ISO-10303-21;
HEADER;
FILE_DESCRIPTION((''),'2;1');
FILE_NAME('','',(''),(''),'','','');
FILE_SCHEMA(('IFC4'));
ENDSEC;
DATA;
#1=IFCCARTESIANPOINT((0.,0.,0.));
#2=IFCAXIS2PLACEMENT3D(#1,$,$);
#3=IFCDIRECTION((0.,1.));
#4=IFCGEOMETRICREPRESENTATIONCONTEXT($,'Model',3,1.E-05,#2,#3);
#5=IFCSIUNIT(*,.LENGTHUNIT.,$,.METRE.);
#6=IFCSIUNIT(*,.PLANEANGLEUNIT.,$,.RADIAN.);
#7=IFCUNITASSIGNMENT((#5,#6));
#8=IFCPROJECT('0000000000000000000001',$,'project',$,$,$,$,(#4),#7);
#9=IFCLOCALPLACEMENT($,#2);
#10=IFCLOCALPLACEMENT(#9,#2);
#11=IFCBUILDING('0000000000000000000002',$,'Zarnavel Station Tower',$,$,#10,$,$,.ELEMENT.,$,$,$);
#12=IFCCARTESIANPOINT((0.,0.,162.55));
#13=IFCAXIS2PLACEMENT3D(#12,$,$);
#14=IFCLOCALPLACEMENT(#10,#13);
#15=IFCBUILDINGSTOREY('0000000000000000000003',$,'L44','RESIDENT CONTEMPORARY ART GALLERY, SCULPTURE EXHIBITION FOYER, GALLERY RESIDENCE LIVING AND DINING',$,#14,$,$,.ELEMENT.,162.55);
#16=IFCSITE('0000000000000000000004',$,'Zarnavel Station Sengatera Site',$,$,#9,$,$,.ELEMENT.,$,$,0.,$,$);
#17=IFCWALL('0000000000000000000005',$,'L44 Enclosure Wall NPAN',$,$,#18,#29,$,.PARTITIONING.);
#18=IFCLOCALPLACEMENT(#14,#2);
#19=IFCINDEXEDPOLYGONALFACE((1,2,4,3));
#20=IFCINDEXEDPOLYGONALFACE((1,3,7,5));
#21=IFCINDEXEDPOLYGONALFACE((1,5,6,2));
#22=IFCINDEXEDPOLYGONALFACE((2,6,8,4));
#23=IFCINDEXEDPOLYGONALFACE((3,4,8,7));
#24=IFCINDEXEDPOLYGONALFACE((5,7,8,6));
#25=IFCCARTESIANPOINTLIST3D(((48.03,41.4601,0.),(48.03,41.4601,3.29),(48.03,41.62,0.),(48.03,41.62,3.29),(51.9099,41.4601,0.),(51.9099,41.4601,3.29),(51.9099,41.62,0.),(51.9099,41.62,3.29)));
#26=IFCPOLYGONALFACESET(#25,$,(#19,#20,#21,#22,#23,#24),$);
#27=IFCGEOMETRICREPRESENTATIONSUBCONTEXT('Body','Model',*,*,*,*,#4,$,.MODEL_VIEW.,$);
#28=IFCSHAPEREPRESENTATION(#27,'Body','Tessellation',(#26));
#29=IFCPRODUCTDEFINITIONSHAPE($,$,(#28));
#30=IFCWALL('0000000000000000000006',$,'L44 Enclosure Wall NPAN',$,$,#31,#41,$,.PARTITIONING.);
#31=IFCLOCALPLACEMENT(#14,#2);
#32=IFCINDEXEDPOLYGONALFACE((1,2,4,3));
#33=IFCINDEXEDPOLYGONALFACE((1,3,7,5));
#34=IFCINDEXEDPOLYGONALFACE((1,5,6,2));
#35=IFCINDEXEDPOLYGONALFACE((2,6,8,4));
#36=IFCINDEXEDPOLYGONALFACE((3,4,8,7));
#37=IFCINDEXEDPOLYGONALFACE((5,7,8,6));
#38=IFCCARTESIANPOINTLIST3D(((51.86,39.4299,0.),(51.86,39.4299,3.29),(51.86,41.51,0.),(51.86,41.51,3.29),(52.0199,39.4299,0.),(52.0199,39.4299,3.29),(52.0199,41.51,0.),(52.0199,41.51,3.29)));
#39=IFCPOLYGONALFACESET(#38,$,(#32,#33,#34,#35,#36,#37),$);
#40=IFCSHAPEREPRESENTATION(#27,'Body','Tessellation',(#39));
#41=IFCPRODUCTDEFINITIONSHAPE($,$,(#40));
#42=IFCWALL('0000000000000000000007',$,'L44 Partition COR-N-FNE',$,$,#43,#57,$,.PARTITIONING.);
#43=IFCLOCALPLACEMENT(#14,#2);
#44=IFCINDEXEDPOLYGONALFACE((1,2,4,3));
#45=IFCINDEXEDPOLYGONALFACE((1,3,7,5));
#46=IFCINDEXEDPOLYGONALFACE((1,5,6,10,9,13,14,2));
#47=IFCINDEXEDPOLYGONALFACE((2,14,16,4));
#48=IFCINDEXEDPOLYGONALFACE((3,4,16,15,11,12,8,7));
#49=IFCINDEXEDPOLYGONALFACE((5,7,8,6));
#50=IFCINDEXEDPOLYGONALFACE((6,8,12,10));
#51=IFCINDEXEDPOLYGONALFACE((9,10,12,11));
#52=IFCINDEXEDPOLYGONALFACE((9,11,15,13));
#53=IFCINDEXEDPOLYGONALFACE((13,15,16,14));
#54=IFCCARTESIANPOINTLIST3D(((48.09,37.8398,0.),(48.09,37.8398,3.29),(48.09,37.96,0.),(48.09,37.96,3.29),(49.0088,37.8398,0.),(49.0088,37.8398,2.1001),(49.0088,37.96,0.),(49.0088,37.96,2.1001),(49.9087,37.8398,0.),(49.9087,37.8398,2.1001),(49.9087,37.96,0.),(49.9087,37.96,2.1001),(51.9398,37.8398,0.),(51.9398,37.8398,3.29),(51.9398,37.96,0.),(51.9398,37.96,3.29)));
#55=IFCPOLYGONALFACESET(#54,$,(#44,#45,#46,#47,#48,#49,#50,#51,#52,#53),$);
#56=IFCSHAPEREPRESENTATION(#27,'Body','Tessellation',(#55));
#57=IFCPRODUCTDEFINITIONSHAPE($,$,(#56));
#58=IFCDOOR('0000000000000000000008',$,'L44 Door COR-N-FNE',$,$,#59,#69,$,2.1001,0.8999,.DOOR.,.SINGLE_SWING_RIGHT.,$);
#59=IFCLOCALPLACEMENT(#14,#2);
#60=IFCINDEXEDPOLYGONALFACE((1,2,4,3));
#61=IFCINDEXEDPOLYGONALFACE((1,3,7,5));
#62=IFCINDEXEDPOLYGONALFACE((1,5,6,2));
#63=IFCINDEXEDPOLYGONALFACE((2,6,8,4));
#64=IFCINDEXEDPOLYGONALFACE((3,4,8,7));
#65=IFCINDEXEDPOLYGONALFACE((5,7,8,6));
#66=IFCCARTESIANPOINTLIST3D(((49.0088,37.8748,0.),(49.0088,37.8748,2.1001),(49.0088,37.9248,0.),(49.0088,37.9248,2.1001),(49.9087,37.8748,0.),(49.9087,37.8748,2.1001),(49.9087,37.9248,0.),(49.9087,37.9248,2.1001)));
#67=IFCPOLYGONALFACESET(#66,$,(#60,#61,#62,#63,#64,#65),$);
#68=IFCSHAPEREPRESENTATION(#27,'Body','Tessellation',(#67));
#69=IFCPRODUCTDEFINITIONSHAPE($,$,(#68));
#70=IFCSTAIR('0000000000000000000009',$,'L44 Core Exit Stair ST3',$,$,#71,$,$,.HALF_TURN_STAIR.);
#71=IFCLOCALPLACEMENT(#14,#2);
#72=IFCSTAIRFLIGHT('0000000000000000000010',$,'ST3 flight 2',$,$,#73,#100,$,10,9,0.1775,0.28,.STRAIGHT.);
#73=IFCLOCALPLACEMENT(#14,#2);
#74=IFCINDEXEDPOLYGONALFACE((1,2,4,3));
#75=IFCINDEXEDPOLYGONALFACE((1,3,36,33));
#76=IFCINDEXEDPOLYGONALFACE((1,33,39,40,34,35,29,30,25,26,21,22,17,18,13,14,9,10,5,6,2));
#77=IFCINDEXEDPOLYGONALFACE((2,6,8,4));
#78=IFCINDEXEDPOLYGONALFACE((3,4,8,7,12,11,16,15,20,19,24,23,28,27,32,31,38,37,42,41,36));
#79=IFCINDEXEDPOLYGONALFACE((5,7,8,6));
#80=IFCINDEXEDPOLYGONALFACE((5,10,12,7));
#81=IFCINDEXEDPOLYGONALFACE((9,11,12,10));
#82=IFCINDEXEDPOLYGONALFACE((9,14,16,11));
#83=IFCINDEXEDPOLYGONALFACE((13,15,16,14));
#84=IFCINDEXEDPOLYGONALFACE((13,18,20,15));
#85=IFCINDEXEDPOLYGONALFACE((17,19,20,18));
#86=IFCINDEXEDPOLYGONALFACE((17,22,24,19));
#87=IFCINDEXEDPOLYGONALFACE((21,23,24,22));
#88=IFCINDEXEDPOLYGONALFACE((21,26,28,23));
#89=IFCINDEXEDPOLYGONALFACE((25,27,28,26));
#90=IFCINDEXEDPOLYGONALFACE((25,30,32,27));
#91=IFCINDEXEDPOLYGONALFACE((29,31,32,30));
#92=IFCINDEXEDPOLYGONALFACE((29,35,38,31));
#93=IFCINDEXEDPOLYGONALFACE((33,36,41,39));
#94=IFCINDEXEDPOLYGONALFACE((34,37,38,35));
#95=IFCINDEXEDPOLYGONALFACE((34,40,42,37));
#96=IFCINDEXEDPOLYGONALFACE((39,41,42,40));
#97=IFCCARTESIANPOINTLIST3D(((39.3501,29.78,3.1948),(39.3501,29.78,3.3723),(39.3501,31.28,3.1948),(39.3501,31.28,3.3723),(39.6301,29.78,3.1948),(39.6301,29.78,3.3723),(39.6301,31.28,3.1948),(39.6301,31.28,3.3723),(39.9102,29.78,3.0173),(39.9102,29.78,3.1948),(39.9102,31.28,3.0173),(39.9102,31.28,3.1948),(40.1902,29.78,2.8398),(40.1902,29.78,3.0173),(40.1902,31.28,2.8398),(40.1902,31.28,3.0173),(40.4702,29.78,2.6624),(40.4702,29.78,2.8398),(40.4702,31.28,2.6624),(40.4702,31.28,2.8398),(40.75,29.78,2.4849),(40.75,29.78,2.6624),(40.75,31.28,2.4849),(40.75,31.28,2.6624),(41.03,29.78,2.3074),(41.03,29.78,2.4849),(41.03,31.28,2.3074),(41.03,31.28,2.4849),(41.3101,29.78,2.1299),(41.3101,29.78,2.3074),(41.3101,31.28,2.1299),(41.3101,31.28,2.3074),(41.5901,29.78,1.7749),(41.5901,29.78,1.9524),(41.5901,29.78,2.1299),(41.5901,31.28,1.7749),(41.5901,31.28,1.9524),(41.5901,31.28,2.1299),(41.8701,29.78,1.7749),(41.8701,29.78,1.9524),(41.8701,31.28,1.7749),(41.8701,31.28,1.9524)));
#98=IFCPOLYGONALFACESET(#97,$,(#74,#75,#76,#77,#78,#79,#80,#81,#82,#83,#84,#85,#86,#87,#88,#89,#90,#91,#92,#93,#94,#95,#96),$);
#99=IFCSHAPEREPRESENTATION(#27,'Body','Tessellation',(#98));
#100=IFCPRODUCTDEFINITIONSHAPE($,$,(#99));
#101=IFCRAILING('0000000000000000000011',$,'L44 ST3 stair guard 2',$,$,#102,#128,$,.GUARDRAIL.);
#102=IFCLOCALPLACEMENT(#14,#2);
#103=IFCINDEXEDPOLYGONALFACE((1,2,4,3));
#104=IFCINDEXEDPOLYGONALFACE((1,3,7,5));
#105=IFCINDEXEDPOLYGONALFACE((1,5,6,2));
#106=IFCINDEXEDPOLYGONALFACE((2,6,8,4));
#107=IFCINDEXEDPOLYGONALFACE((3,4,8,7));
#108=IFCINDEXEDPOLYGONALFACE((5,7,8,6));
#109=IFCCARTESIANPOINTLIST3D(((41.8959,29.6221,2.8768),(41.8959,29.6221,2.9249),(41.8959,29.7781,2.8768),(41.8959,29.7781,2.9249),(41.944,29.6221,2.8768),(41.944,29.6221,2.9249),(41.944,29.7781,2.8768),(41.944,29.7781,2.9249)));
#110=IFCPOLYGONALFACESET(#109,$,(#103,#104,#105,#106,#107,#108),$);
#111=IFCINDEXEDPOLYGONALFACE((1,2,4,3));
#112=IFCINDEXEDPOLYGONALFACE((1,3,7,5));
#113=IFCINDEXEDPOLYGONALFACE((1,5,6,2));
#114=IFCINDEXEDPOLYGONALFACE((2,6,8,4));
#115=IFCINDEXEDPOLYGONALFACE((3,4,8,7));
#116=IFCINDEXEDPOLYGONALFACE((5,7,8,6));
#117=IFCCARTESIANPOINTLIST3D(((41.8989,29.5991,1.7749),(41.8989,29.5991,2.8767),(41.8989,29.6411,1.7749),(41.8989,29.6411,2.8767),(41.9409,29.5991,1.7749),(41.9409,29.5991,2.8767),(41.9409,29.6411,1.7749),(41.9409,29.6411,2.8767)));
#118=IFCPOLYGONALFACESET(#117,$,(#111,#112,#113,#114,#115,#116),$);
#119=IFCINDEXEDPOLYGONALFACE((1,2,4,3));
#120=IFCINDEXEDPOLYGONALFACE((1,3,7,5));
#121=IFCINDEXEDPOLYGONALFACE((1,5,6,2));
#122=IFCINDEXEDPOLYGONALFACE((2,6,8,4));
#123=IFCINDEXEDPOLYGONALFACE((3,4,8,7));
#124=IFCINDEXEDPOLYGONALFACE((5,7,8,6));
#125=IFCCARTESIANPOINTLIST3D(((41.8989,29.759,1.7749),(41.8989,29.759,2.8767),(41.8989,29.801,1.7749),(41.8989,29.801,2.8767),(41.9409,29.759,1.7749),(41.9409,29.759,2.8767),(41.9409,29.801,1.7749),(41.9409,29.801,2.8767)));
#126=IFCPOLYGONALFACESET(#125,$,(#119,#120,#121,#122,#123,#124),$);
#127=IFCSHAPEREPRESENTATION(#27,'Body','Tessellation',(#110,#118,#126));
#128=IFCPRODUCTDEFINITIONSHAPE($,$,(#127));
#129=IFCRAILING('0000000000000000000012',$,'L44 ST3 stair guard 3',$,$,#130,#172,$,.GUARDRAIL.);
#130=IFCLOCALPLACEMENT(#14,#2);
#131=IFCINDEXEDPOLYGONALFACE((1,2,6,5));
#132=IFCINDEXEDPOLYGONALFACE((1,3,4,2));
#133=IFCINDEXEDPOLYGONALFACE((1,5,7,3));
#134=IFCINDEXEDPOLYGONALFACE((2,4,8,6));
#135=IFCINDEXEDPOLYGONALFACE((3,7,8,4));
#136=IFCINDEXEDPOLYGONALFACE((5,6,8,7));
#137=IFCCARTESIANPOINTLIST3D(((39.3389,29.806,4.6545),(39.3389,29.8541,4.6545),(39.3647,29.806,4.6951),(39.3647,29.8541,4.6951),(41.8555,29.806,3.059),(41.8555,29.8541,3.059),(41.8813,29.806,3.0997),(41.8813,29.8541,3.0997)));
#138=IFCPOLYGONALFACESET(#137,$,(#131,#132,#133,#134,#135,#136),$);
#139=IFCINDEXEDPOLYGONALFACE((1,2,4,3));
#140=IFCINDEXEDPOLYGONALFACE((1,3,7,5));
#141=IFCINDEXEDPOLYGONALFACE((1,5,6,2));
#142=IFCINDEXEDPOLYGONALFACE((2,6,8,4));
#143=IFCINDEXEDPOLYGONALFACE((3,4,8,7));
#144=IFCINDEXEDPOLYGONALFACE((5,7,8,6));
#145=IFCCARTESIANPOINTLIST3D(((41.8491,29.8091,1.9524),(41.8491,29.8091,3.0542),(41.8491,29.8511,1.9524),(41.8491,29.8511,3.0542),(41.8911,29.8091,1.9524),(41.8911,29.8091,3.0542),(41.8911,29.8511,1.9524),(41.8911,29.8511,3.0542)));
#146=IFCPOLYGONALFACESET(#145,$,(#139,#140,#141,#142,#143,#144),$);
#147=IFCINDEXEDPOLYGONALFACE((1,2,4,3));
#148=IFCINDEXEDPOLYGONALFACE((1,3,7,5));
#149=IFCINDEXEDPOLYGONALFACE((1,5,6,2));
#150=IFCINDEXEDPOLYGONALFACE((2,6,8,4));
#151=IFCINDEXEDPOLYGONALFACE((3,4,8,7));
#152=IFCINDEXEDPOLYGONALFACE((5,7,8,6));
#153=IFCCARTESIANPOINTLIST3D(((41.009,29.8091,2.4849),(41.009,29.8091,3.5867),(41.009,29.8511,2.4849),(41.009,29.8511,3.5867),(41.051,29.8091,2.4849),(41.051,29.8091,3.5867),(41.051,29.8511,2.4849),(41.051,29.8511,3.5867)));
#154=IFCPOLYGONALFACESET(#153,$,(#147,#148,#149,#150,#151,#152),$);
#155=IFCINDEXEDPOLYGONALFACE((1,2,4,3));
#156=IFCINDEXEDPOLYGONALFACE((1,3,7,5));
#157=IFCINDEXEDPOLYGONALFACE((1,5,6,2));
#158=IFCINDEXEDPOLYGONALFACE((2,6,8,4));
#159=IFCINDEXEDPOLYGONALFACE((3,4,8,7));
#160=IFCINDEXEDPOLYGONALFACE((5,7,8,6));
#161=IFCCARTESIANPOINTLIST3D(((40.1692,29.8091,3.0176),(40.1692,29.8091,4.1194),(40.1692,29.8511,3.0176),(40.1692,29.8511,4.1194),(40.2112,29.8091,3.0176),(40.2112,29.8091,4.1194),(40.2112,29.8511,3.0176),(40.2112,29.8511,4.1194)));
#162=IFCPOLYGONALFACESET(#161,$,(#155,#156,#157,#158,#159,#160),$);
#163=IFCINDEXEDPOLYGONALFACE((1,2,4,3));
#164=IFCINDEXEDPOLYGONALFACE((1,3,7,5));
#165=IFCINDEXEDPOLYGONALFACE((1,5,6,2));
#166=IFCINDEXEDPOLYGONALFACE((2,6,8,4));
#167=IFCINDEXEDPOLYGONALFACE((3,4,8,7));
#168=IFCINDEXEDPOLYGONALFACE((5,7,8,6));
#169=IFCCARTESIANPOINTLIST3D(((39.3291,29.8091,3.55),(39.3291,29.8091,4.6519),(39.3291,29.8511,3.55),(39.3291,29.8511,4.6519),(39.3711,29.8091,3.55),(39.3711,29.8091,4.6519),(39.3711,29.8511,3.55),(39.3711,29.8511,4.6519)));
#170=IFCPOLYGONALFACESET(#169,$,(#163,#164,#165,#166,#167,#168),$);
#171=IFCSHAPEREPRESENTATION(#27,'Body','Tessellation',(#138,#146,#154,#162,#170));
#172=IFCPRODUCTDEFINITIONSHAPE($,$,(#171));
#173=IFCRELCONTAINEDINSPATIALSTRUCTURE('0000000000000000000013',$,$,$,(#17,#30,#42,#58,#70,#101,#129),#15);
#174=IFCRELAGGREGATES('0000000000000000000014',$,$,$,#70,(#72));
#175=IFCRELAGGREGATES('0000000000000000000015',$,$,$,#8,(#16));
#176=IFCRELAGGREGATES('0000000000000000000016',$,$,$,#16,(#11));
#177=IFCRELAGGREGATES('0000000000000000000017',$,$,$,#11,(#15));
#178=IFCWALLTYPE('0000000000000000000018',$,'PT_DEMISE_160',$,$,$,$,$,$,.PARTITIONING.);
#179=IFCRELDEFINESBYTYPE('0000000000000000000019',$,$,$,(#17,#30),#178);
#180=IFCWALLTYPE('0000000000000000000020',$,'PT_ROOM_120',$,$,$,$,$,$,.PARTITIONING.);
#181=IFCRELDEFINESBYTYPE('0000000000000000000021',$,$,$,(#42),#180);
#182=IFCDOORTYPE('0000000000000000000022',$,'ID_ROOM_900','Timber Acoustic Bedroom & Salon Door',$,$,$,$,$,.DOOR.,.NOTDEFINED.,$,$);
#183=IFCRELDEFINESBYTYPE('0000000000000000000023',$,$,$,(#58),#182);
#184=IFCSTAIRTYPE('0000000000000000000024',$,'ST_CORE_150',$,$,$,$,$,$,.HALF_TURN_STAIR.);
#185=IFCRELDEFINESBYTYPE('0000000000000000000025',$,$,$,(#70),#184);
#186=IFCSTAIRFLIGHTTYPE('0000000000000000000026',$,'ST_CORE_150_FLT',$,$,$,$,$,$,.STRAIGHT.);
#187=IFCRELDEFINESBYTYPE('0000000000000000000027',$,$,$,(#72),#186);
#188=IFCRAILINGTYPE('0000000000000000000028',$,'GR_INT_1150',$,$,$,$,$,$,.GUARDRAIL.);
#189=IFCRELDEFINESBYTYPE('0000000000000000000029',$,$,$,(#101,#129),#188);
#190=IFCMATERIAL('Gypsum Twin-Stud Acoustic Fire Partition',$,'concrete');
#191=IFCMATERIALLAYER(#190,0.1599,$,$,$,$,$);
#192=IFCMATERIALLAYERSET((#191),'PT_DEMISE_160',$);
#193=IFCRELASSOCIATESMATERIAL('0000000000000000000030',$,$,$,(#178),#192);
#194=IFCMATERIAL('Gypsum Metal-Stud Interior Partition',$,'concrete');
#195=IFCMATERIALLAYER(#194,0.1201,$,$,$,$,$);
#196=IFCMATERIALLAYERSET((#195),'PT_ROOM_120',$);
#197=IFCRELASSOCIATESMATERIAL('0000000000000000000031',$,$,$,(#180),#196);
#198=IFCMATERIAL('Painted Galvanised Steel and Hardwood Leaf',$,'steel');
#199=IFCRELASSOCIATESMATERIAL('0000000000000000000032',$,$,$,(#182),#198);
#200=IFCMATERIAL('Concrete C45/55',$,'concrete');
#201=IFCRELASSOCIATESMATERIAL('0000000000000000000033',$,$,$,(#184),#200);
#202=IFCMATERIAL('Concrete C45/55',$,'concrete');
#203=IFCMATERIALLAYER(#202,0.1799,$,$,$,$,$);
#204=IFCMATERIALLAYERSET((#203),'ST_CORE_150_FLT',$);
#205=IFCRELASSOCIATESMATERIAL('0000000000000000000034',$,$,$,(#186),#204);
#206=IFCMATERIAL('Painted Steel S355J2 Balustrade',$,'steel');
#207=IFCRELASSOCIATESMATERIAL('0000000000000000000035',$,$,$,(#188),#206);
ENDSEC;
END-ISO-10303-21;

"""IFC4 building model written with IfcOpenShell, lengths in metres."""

from ifc_helpers import new_model, si_unit, direction, frame, frame_2d, origin, origin_2d, place, context, subcontext, project, spatial, polyline, rectangle, outline, extrude, material, layer, layer_set, type_object, element, fill, aggregate, save


model = new_model("IFC4")

# Units and contexts
model_context = context("Model", 3, precision=1e-05, world=origin(), true_north=direction((0.0, 1.0)))
body_context = subcontext(model_context, "Body", "Model", "MODEL_VIEW")
ifc_project = project(units=[si_unit("LENGTHUNIT", "METRE"), si_unit("PLANEANGLEUNIT", "RADIAN")], contexts=[model_context])

# Site, building, storey
site_placement = place(None, origin())
site = spatial("IfcSite", under=ifc_project, at=site_placement, Name="Zarnavel Station Sengatera Site", CompositionType="ELEMENT", RefElevation=0.0)
building_placement = place(site_placement, origin())
building = spatial("IfcBuilding", under=site, at=building_placement, Name="Zarnavel Station Tower", CompositionType="ELEMENT")
storey_placement = place(building_placement, frame((0.0, 0.0, 162.55)))
storey = spatial("IfcBuildingStorey", under=building, at=storey_placement, Name="L44", Description="RESIDENT CONTEMPORARY ART GALLERY, SCULPTURE EXHIBITION FOYER, GALLERY RESIDENCE LIVING AND DINING", CompositionType="ELEMENT", Elevation=162.55)

# Walls
ifc_material_1 = material(Name="Gypsum Twin-Stud Acoustic Fire Partition", Category="concrete")
ifc_layer_1 = layer(ifc_material_1, 0.1599)
ifc_layer_set_1 = layer_set([ifc_layer_1], Name="PT_DEMISE_160")
wall_type_1 = type_object("IfcWallType", Name="PT_DEMISE_160", PredefinedType="PARTITIONING", material=ifc_layer_set_1)
wall_1_placement = place(storey_placement, frame((48.03, 41.54, 0.0), z_axis=(0.0, 0.0, 1.0), x_axis=(1.0, 0.0, 0.0)))
element("IfcWall", 1, at=wall_1_placement, inside=storey, type_object=wall_type_1, Name="L44 Enclosure Wall NPAN", PredefinedType="PARTITIONING", context=body_context, shape_type="SweptSolid", body=[
    extrude(rectangle(XDim=3.8799, YDim=0.1599, at=frame_2d((1.9399, 0.0))), origin(), (0.0, 0.0, 1.0), 3.29),
])
wall_2_placement = place(storey_placement, frame((51.9399, 39.4299, 0.0), z_axis=(0.0, 0.0, 1.0), x_axis=(0.0, 1.0, 0.0)))
element("IfcWall", 2, at=wall_2_placement, inside=storey, type_object=wall_type_1, Name="L44 Enclosure Wall NPAN", PredefinedType="PARTITIONING", context=body_context, shape_type="SweptSolid", body=[
    extrude(rectangle(XDim=2.0801, YDim=0.1599, at=frame_2d((1.04, 0.0))), origin(), (0.0, 0.0, 1.0), 3.29),
])

# Wall, opening, door
ifc_material_2 = material(Name="Gypsum Metal-Stud Interior Partition", Category="concrete")
ifc_layer_2 = layer(ifc_material_2, 0.1201)
ifc_layer_set_2 = layer_set([ifc_layer_2], Name="PT_ROOM_120")
wall_type_2 = type_object("IfcWallType", Name="PT_ROOM_120", PredefinedType="PARTITIONING", material=ifc_layer_set_2)
wall_3_placement = place(storey_placement, frame((48.0901, 37.8999, 0.0), z_axis=(0.0, 0.0, 1.0), x_axis=(1.0, 0.0, 0.0)))
wall_3 = element("IfcWall", 3, at=wall_3_placement, inside=storey, type_object=wall_type_2, Name="L44 Partition COR-N-FNE", PredefinedType="PARTITIONING", context=body_context, shape_type="SweptSolid", body=[
    extrude(rectangle(XDim=3.8499, YDim=0.1201, at=frame_2d((1.9248, 0.0))), origin(), (0.0, 0.0, 1.0), 3.29),
])
opening_1_placement = place(wall_3_placement, frame((0.9187, 0.0, 0.0)))
opening_1 = element("IfcOpeningElement", 4, at=opening_1_placement, cuts=wall_3, PredefinedType="OPENING", context=body_context, shape_type="SweptSolid", body=[
    extrude(rectangle(XDim=0.8999, YDim=2.1001, at=frame_2d((0.45, 1.05))), frame((0.0, 0.0701, 0.0), z_axis=(0.0, -1.0, 0.0), x_axis=(1.0, 0.0, 0.0)), (0.0, 0.0, 1.0), 0.1401),
])
ifc_material_3 = material(Name="Painted Galvanised Steel and Hardwood Leaf", Category="steel")
door_type_1 = type_object("IfcDoorType", Name="ID_ROOM_900", Description="Timber Acoustic Bedroom & Salon Door", OperationType="NOTDEFINED", PredefinedType="DOOR", material=ifc_material_3)
door_1_placement = place(opening_1_placement, origin())
door_1 = element("IfcDoor", 5, at=door_1_placement, inside=storey, type_object=door_type_1, Name="L44 Door COR-N-FNE", OperationType="SINGLE_SWING_RIGHT", OverallHeight=2.1001, OverallWidth=0.8999, PredefinedType="DOOR", context=body_context, shape_type="SweptSolid", body=[
    extrude(rectangle(XDim=0.8999, YDim=2.1001, at=frame_2d((0.45, 1.05))), frame((0.0, 0.0249, 0.0), z_axis=(0.0, -1.0, 0.0), x_axis=(1.0, 0.0, 0.0)), (0.0, 0.0, 1.0), 0.05),
])
fill(opening_1, door_1)

# Stair, stair flight
ifc_material_4 = material(Name="Concrete C45/55", Category="concrete")
stair_type = type_object("IfcStairType", Name="ST_CORE_150", PredefinedType="HALF_TURN_STAIR", material=ifc_material_4)
stair_placement = place(storey_placement, origin())
stair = element("IfcStair", 6, at=stair_placement, inside=storey, type_object=stair_type, Name="L44 Core Exit Stair ST3", PredefinedType="HALF_TURN_STAIR")
ifc_material_5 = material(Name="Concrete C45/55", Category="concrete")
ifc_layer_3 = layer(ifc_material_5, 0.1799)
ifc_layer_set_3 = layer_set([ifc_layer_3], Name="ST_CORE_150_FLT")
stair_flight_type = type_object("IfcStairFlightType", Name="ST_CORE_150_FLT", PredefinedType="STRAIGHT", material=ifc_layer_set_3)
stair_flight_placement = place(storey_placement, frame((41.8701, 30.53, 1.7749), z_axis=(0.0, 0.0, 1.0), x_axis=(-1.0, 0.0, 0.0)))
stair_flight = element("IfcStairFlight", 7, at=stair_flight_placement, type_object=stair_flight_type, Name="ST3 flight 2", NumberOfRisers=10, NumberOfTreads=9, PredefinedType="STRAIGHT", RiserHeight=0.1775, TreadLength=0.28, context=body_context, shape_type="SweptSolid", body=[
    extrude(outline(polyline([(0.0, 0.0), (0.0, 0.1775), (0.28, 0.1775), (0.28, 0.355), (0.5601, 0.355), (0.5601, 0.5325), (0.8401, 0.5325), (0.8401, 0.71), (1.1201, 0.71), (1.1201, 0.8875), (1.3999, 0.8875), (1.3999, 1.0649), (1.6799, 1.0649), (1.6799, 1.2424), (1.96, 1.2424), (1.96, 1.4199), (2.24, 1.4199), (2.24, 1.5974), (2.52, 1.5974), (2.52, 1.7749), (2.52, 1.4199), (0.28, 0.0), (0.0, 0.0)])), frame((0.0, 0.75, 0.0), z_axis=(0.0, -1.0, 0.0), x_axis=(1.0, 0.0, 0.0)), (0.0, 0.0, 1.0), 1.5),
])
aggregate(stair, [stair_flight])

# Railings
ifc_material_6 = material(Name="Painted Steel S355J2 Balustrade", Category="steel")
railing_type_1 = type_object("IfcRailingType", Name="GR_INT_1150", PredefinedType="GUARDRAIL", material=ifc_material_6)
railing_1_placement = place(storey_placement, frame((41.9199, 29.6201, 1.7749)))
element("IfcRailing", 8, at=railing_1_placement, inside=storey, type_object=railing_type_1, Name="L44 ST3 stair guard 2", PredefinedType="GUARDRAIL", context=body_context, shape_type="SweptSolid", body=[
    extrude(rectangle(XDim=0.0481, YDim=0.0481, at=origin_2d()), frame((0.0, 0.002, 1.126), z_axis=(0.0, 1.0, 0.0), x_axis=(-1.0, 0.0, 0.0)), (0.0, 0.0, 1.0), 0.156),
    extrude(rectangle(XDim=0.042, YDim=0.042, at=origin_2d()), origin(), (0.0, 0.0, 1.0), 1.1018),
    extrude(rectangle(XDim=0.042, YDim=0.042, at=origin_2d()), frame((0.0, 0.1599, 0.0)), (0.0, 0.0, 1.0), 1.1018),
])
railing_2_placement = place(storey_placement, frame((41.8701, 29.8301, 1.9524)))
element("IfcRailing", 9, at=railing_2_placement, inside=storey, type_object=railing_type_1, Name="L44 ST3 stair guard 3", PredefinedType="GUARDRAIL", context=body_context, shape_type="SweptSolid", body=[
    extrude(rectangle(XDim=0.0481, YDim=0.0481, at=origin_2d()), frame((-0.0017, 0.0, 1.127), z_axis=(-0.84457, 0.0, 0.535445), x_axis=(0.0, -1.0, 0.0)), (0.0, 0.0, 1.0), 2.9797),
    extrude(rectangle(XDim=0.042, YDim=0.042, at=origin_2d()), origin(), (0.0, 0.0, 1.0), 1.1018),
    extrude(rectangle(XDim=0.042, YDim=0.042, at=origin_2d()), frame((-0.8401, 0.0, 0.5325)), (0.0, 0.0, 1.0), 1.1018),
    extrude(rectangle(XDim=0.042, YDim=0.042, at=origin_2d()), frame((-1.6799, 0.0, 1.0652)), (0.0, 0.0, 1.0), 1.1018),
    extrude(rectangle(XDim=0.042, YDim=0.042, at=origin_2d()), frame((-2.52, 0.0, 1.5977)), (0.0, 0.0, 1.0), 1.1018),
])

save(model, "model.ifc")
